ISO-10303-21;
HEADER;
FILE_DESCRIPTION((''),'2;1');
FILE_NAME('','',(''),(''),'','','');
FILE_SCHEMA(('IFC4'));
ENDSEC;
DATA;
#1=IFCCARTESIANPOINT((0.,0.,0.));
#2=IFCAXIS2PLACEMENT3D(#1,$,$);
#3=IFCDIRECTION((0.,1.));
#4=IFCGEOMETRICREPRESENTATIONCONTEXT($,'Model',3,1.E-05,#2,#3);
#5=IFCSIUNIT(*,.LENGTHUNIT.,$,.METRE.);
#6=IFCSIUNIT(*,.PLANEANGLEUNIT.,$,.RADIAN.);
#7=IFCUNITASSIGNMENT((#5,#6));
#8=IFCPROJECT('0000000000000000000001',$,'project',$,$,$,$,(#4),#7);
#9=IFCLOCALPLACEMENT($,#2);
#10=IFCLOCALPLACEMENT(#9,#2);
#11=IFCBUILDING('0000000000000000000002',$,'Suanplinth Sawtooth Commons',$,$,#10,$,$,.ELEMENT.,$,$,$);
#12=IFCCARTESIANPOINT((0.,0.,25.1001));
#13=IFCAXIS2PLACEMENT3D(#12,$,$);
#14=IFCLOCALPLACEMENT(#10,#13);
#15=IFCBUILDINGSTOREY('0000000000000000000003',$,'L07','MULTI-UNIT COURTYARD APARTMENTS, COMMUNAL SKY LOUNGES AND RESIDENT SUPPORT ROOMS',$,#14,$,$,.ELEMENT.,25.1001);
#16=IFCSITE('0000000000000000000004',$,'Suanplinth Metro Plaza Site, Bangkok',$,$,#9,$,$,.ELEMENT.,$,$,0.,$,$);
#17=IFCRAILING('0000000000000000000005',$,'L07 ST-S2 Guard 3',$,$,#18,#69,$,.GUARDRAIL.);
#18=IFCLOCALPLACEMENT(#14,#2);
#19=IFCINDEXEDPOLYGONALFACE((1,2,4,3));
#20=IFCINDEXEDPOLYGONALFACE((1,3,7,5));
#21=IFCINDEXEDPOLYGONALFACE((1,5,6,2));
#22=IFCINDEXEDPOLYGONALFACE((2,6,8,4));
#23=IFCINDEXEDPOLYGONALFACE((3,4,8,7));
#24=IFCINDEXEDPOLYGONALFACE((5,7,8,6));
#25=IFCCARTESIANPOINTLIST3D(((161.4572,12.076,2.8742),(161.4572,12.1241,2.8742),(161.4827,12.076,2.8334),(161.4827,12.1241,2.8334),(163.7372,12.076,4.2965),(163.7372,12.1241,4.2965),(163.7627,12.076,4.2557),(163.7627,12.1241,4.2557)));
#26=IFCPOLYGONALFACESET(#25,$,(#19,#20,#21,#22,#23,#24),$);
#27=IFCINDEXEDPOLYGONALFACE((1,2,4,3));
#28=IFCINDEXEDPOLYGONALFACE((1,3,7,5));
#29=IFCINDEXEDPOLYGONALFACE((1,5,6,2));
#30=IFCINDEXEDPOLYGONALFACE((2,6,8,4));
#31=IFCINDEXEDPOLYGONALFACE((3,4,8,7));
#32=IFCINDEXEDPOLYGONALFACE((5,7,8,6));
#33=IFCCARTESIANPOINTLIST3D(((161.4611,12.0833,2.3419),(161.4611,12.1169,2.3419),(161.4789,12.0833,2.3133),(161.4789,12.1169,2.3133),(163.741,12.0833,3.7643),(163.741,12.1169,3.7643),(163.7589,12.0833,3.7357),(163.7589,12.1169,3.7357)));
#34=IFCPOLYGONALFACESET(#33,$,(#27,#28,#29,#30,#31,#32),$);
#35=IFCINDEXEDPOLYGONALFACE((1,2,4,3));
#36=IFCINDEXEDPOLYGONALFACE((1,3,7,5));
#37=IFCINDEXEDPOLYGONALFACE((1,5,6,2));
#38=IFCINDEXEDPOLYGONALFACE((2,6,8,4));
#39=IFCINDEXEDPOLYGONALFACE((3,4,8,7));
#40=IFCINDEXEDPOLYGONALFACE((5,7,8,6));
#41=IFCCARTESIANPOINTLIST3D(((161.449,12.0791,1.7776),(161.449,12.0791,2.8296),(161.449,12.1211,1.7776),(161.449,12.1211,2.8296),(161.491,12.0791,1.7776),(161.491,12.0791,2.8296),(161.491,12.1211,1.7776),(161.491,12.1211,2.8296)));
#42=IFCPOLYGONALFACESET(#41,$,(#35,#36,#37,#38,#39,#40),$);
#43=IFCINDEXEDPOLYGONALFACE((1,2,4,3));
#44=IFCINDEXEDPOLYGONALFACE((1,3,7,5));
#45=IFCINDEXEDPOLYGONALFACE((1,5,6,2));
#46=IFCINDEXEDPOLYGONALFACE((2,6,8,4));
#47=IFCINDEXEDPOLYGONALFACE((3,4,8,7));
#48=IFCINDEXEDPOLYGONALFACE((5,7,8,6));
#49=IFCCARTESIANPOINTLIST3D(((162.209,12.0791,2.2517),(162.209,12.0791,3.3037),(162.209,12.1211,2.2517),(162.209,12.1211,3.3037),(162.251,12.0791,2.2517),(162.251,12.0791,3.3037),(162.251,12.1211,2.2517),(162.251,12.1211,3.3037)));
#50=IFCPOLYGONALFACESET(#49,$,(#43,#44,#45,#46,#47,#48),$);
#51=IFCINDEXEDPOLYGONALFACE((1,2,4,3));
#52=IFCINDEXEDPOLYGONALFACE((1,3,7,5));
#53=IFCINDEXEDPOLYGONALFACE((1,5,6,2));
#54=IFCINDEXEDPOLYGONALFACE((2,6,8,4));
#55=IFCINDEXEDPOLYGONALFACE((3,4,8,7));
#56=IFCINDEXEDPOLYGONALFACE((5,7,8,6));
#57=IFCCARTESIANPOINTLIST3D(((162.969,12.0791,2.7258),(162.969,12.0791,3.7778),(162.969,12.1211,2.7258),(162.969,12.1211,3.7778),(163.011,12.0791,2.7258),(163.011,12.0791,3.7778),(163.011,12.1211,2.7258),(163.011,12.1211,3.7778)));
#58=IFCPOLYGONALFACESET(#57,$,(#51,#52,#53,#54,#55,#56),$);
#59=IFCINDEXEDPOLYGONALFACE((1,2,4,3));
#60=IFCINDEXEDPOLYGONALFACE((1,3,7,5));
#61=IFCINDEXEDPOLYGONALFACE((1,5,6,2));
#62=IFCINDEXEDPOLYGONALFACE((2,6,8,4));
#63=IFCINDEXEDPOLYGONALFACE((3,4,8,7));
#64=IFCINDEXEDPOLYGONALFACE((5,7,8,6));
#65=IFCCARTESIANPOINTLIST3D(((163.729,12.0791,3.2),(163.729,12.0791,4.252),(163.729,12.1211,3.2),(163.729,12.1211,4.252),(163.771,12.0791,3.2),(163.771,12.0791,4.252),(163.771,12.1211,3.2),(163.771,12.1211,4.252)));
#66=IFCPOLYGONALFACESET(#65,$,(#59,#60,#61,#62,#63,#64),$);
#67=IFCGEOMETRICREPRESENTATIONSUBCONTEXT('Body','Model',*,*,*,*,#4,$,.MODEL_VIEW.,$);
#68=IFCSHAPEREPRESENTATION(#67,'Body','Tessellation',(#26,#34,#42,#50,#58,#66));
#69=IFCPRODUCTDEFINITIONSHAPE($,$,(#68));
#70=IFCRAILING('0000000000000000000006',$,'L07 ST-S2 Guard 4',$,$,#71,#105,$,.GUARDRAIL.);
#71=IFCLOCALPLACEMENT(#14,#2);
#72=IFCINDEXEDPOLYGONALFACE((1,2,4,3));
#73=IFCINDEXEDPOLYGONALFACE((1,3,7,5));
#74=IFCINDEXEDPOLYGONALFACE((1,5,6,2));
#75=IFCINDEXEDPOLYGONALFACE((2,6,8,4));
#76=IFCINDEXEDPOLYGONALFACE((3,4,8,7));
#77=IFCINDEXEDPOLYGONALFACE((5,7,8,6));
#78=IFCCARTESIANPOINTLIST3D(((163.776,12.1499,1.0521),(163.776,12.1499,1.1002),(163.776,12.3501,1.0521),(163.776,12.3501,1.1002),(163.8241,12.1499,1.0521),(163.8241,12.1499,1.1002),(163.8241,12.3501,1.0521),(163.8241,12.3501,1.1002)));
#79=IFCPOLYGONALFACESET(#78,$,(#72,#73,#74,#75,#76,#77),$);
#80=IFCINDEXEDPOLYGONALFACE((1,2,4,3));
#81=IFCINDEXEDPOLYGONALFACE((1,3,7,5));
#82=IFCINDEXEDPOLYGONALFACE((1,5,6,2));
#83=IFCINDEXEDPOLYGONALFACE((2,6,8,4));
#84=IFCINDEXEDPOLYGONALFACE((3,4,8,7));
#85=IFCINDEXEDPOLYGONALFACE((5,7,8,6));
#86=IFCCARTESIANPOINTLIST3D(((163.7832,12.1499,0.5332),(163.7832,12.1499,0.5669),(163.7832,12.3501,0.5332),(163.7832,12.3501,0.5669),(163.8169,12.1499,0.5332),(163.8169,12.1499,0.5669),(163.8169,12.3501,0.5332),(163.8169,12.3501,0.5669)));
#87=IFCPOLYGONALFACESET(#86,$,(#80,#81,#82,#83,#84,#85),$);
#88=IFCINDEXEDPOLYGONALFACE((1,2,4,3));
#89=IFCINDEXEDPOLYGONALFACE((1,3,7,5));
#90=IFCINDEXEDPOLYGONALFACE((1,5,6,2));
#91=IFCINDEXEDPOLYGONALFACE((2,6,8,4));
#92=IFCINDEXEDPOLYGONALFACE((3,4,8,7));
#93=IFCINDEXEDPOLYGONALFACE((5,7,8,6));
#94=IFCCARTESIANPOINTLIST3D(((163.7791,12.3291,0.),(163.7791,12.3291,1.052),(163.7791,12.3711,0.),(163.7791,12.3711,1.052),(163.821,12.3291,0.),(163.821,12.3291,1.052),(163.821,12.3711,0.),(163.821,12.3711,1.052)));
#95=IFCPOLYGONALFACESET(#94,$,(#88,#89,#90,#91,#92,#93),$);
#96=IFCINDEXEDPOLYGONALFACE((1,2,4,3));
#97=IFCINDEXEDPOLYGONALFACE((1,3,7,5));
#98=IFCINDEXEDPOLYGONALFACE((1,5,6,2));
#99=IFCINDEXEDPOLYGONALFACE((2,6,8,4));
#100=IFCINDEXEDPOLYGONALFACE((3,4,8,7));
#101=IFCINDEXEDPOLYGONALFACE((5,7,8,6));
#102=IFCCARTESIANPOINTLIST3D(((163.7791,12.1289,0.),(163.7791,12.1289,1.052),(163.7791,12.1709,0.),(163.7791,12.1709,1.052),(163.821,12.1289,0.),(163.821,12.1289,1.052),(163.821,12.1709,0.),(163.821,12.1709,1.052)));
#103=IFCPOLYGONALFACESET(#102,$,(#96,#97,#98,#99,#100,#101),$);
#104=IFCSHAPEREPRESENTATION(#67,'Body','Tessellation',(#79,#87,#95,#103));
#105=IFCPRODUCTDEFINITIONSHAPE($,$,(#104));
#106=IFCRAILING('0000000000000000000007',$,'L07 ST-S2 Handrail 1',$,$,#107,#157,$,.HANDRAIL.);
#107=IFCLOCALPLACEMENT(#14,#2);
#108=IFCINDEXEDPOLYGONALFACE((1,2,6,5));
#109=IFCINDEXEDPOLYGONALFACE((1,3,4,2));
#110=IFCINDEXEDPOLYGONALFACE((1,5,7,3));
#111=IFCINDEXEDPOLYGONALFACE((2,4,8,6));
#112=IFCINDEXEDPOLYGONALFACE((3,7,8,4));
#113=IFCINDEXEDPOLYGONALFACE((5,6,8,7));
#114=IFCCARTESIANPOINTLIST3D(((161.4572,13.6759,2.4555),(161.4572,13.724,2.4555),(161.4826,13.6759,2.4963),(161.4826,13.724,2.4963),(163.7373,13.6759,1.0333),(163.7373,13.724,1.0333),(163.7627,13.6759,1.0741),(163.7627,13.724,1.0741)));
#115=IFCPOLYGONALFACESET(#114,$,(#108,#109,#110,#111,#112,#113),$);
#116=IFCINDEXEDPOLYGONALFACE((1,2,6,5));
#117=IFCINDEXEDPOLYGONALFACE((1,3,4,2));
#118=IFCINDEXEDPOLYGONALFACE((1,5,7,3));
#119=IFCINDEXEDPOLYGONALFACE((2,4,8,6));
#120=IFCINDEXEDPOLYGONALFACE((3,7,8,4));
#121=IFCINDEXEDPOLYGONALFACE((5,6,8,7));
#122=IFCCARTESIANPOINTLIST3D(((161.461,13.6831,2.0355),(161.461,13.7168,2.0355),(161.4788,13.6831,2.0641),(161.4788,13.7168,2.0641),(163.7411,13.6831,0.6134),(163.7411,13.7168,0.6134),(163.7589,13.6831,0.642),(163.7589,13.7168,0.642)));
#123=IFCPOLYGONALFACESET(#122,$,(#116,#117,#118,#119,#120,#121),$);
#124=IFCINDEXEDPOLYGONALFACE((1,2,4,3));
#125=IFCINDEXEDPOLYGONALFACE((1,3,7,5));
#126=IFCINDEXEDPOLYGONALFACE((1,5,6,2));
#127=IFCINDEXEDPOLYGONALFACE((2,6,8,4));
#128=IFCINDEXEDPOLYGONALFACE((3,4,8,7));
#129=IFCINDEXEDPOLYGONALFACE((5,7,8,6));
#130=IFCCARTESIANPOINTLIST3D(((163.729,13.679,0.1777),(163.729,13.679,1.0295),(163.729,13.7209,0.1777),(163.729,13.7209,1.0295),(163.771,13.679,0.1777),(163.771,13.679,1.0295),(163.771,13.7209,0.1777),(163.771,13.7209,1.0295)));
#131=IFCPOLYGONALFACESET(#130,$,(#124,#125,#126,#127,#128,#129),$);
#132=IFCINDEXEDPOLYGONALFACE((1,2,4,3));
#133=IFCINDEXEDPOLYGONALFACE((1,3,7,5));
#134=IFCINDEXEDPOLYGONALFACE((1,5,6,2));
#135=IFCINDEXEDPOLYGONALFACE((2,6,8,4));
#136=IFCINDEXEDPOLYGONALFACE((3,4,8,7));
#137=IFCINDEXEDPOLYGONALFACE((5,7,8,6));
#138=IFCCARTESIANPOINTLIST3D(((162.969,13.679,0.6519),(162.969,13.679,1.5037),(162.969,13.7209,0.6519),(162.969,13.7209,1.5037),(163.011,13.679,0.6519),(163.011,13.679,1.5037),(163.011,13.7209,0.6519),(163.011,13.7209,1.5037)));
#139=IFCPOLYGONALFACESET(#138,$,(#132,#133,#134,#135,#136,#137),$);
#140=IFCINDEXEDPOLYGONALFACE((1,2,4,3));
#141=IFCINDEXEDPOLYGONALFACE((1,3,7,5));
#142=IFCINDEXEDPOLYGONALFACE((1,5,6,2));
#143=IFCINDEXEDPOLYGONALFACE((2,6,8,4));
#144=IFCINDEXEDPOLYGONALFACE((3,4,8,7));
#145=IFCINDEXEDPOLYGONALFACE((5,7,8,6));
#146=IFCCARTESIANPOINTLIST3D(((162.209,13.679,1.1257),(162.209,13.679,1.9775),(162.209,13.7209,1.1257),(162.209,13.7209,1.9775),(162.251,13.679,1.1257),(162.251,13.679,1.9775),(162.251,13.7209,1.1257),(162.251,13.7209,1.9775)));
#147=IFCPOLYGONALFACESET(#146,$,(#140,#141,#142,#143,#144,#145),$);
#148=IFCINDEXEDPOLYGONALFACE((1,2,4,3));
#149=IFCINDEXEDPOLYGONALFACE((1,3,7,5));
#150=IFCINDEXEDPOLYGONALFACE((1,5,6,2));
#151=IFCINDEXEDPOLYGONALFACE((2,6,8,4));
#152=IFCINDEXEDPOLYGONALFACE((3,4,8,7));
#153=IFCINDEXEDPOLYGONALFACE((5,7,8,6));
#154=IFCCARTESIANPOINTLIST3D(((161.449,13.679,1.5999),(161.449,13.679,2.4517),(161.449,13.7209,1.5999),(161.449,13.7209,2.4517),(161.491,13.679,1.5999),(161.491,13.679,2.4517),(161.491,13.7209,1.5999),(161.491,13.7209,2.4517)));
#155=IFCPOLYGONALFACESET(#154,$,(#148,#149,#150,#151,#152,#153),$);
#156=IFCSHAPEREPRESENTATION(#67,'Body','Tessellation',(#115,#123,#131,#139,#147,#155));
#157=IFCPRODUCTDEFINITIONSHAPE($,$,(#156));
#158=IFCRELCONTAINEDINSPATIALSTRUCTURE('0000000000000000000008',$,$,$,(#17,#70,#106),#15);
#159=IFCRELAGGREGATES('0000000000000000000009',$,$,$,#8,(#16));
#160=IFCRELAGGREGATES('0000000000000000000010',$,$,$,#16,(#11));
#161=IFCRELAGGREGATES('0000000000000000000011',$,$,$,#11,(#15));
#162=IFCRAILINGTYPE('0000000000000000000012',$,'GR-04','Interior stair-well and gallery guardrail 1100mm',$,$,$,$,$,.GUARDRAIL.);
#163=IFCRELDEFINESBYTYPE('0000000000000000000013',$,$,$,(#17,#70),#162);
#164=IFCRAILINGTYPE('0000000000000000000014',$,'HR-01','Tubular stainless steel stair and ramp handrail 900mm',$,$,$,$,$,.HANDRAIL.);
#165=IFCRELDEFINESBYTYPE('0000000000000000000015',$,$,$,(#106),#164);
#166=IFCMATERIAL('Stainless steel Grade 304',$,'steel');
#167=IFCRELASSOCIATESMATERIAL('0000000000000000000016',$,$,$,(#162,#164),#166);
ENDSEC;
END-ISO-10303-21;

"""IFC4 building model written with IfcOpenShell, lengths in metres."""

from ifc_helpers import new_model, si_unit, direction, frame, origin, origin_2d, place, context, subcontext, project, spatial, rectangle, extrude, material, type_object, element, save


model = new_model("IFC4")

# Units and contexts
model_context = context("Model", 3, precision=1e-05, world=origin(), true_north=direction((0.0, 1.0)))
body_context = subcontext(model_context, "Body", "Model", "MODEL_VIEW")
ifc_project = project(units=[si_unit("LENGTHUNIT", "METRE"), si_unit("PLANEANGLEUNIT", "RADIAN")], contexts=[model_context])

# Site, building, storey
site_placement = place(None, origin())
site = spatial("IfcSite", under=ifc_project, at=site_placement, Name="Suanplinth Metro Plaza Site, Bangkok", CompositionType="ELEMENT", RefElevation=0.0)
building_placement = place(site_placement, origin())
building = spatial("IfcBuilding", under=site, at=building_placement, Name="Suanplinth Sawtooth Commons", CompositionType="ELEMENT")
storey_placement = place(building_placement, frame((0.0, 0.0, 25.1001)))
storey = spatial("IfcBuildingStorey", under=building, at=storey_placement, Name="L07", Description="MULTI-UNIT COURTYARD APARTMENTS, COMMUNAL SKY LOUNGES AND RESIDENT SUPPORT ROOMS", CompositionType="ELEMENT", Elevation=25.1001)

# Railings
ifc_material_1 = material(Name="Stainless steel Grade 304", Category="steel")
railing_type_1 = type_object("IfcRailingType", Name="GR-04", Description="Interior stair-well and gallery guardrail 1100mm", PredefinedType="GUARDRAIL", material=ifc_material_1)
railing_1_placement = place(storey_placement, frame((161.47, 12.1001, 1.7776)))
element("IfcRailing", 1, at=railing_1_placement, inside=storey, type_object=railing_type_1, Name="L07 ST-S2 Guard 3", PredefinedType="GUARDRAIL", context=body_context, shape_type="SweptSolid", body=[
    extrude(rectangle(XDim=0.0481, YDim=0.0481, at=origin_2d()), frame((0.0, 0.0, 1.0762), z_axis=(0.848442, 0.0, 0.529288), x_axis=(0.0, 1.0, 0.0)), (0.0, 0.0, 1.0), 2.6873),
    extrude(rectangle(XDim=0.0337, YDim=0.0337, at=origin_2d()), frame((0.0, 0.0, 0.55), z_axis=(0.848442, 0.0, 0.529288), x_axis=(0.0, 1.0, 0.0)), (0.0, 0.0, 1.0), 2.6873),
    extrude(rectangle(XDim=0.042, YDim=0.042, at=origin_2d()), origin(), (0.0, 0.0, 1.0), 1.052),
    extrude(rectangle(XDim=0.042, YDim=0.042, at=origin_2d()), frame((0.76, 0.0, 0.4741)), (0.0, 0.0, 1.0), 1.052),
    extrude(rectangle(XDim=0.042, YDim=0.042, at=origin_2d()), frame((1.52, 0.0, 0.9482)), (0.0, 0.0, 1.0), 1.052),
    extrude(rectangle(XDim=0.042, YDim=0.042, at=origin_2d()), frame((2.28, 0.0, 1.4224)), (0.0, 0.0, 1.0), 1.052),
])
railing_2_placement = place(storey_placement, frame((163.8, 12.3501, 0.0)))
element("IfcRailing", 2, at=railing_2_placement, inside=storey, type_object=railing_type_1, Name="L07 ST-S2 Guard 4", PredefinedType="GUARDRAIL", context=body_context, shape_type="SweptSolid", body=[
    extrude(rectangle(XDim=0.0481, YDim=0.0481, at=origin_2d()), frame((0.0, 0.0, 1.0762), z_axis=(0.0, -1.0, 0.0), x_axis=(1.0, 0.0, 0.0)), (0.0, 0.0, 1.0), 0.2002),
    extrude(rectangle(XDim=0.0337, YDim=0.0337, at=origin_2d()), frame((0.0, 0.0, 0.55), z_axis=(0.0, -1.0, 0.0), x_axis=(1.0, 0.0, 0.0)), (0.0, 0.0, 1.0), 0.2002),
    extrude(rectangle(XDim=0.042, YDim=0.042, at=origin_2d()), origin(), (0.0, 0.0, 1.0), 1.052),
    extrude(rectangle(XDim=0.042, YDim=0.042, at=origin_2d()), frame((0.0, -0.2002, 0.0)), (0.0, 0.0, 1.0), 1.052),
])
railing_type_2 = type_object("IfcRailingType", Name="HR-01", Description="Tubular stainless steel stair and ramp handrail 900mm", PredefinedType="HANDRAIL", material=ifc_material_1)
railing_3_placement = place(storey_placement, frame((163.75, 13.7, 0.1777)))
element("IfcRailing", 3, at=railing_3_placement, inside=storey, type_object=railing_type_2, Name="L07 ST-S2 Handrail 1", PredefinedType="HANDRAIL", context=body_context, shape_type="SweptSolid", body=[
    extrude(rectangle(XDim=0.0481, YDim=0.0481, at=origin_2d()), frame((0.0, 0.0, 0.876), z_axis=(-0.848483, 0.0, 0.529223), x_axis=(0.0, -1.0, 0.0)), (0.0, 0.0, 1.0), 2.6873),
    extrude(rectangle(XDim=0.0337, YDim=0.0337, at=origin_2d()), frame((0.0, 0.0, 0.45), z_axis=(-0.848483, 0.0, 0.529223), x_axis=(0.0, -1.0, 0.0)), (0.0, 0.0, 1.0), 2.6873),
    extrude(rectangle(XDim=0.042, YDim=0.042, at=origin_2d()), origin(), (0.0, 0.0, 1.0), 0.8518),
    extrude(rectangle(XDim=0.042, YDim=0.042, at=origin_2d()), frame((-0.76, 0.0, 0.4741)), (0.0, 0.0, 1.0), 0.8518),
    extrude(rectangle(XDim=0.042, YDim=0.042, at=origin_2d()), frame((-1.52, 0.0, 0.948)), (0.0, 0.0, 1.0), 0.8518),
    extrude(rectangle(XDim=0.042, YDim=0.042, at=origin_2d()), frame((-2.28, 0.0, 1.4221)), (0.0, 0.0, 1.0), 0.8518),
])

save(model, "model.ifc")
